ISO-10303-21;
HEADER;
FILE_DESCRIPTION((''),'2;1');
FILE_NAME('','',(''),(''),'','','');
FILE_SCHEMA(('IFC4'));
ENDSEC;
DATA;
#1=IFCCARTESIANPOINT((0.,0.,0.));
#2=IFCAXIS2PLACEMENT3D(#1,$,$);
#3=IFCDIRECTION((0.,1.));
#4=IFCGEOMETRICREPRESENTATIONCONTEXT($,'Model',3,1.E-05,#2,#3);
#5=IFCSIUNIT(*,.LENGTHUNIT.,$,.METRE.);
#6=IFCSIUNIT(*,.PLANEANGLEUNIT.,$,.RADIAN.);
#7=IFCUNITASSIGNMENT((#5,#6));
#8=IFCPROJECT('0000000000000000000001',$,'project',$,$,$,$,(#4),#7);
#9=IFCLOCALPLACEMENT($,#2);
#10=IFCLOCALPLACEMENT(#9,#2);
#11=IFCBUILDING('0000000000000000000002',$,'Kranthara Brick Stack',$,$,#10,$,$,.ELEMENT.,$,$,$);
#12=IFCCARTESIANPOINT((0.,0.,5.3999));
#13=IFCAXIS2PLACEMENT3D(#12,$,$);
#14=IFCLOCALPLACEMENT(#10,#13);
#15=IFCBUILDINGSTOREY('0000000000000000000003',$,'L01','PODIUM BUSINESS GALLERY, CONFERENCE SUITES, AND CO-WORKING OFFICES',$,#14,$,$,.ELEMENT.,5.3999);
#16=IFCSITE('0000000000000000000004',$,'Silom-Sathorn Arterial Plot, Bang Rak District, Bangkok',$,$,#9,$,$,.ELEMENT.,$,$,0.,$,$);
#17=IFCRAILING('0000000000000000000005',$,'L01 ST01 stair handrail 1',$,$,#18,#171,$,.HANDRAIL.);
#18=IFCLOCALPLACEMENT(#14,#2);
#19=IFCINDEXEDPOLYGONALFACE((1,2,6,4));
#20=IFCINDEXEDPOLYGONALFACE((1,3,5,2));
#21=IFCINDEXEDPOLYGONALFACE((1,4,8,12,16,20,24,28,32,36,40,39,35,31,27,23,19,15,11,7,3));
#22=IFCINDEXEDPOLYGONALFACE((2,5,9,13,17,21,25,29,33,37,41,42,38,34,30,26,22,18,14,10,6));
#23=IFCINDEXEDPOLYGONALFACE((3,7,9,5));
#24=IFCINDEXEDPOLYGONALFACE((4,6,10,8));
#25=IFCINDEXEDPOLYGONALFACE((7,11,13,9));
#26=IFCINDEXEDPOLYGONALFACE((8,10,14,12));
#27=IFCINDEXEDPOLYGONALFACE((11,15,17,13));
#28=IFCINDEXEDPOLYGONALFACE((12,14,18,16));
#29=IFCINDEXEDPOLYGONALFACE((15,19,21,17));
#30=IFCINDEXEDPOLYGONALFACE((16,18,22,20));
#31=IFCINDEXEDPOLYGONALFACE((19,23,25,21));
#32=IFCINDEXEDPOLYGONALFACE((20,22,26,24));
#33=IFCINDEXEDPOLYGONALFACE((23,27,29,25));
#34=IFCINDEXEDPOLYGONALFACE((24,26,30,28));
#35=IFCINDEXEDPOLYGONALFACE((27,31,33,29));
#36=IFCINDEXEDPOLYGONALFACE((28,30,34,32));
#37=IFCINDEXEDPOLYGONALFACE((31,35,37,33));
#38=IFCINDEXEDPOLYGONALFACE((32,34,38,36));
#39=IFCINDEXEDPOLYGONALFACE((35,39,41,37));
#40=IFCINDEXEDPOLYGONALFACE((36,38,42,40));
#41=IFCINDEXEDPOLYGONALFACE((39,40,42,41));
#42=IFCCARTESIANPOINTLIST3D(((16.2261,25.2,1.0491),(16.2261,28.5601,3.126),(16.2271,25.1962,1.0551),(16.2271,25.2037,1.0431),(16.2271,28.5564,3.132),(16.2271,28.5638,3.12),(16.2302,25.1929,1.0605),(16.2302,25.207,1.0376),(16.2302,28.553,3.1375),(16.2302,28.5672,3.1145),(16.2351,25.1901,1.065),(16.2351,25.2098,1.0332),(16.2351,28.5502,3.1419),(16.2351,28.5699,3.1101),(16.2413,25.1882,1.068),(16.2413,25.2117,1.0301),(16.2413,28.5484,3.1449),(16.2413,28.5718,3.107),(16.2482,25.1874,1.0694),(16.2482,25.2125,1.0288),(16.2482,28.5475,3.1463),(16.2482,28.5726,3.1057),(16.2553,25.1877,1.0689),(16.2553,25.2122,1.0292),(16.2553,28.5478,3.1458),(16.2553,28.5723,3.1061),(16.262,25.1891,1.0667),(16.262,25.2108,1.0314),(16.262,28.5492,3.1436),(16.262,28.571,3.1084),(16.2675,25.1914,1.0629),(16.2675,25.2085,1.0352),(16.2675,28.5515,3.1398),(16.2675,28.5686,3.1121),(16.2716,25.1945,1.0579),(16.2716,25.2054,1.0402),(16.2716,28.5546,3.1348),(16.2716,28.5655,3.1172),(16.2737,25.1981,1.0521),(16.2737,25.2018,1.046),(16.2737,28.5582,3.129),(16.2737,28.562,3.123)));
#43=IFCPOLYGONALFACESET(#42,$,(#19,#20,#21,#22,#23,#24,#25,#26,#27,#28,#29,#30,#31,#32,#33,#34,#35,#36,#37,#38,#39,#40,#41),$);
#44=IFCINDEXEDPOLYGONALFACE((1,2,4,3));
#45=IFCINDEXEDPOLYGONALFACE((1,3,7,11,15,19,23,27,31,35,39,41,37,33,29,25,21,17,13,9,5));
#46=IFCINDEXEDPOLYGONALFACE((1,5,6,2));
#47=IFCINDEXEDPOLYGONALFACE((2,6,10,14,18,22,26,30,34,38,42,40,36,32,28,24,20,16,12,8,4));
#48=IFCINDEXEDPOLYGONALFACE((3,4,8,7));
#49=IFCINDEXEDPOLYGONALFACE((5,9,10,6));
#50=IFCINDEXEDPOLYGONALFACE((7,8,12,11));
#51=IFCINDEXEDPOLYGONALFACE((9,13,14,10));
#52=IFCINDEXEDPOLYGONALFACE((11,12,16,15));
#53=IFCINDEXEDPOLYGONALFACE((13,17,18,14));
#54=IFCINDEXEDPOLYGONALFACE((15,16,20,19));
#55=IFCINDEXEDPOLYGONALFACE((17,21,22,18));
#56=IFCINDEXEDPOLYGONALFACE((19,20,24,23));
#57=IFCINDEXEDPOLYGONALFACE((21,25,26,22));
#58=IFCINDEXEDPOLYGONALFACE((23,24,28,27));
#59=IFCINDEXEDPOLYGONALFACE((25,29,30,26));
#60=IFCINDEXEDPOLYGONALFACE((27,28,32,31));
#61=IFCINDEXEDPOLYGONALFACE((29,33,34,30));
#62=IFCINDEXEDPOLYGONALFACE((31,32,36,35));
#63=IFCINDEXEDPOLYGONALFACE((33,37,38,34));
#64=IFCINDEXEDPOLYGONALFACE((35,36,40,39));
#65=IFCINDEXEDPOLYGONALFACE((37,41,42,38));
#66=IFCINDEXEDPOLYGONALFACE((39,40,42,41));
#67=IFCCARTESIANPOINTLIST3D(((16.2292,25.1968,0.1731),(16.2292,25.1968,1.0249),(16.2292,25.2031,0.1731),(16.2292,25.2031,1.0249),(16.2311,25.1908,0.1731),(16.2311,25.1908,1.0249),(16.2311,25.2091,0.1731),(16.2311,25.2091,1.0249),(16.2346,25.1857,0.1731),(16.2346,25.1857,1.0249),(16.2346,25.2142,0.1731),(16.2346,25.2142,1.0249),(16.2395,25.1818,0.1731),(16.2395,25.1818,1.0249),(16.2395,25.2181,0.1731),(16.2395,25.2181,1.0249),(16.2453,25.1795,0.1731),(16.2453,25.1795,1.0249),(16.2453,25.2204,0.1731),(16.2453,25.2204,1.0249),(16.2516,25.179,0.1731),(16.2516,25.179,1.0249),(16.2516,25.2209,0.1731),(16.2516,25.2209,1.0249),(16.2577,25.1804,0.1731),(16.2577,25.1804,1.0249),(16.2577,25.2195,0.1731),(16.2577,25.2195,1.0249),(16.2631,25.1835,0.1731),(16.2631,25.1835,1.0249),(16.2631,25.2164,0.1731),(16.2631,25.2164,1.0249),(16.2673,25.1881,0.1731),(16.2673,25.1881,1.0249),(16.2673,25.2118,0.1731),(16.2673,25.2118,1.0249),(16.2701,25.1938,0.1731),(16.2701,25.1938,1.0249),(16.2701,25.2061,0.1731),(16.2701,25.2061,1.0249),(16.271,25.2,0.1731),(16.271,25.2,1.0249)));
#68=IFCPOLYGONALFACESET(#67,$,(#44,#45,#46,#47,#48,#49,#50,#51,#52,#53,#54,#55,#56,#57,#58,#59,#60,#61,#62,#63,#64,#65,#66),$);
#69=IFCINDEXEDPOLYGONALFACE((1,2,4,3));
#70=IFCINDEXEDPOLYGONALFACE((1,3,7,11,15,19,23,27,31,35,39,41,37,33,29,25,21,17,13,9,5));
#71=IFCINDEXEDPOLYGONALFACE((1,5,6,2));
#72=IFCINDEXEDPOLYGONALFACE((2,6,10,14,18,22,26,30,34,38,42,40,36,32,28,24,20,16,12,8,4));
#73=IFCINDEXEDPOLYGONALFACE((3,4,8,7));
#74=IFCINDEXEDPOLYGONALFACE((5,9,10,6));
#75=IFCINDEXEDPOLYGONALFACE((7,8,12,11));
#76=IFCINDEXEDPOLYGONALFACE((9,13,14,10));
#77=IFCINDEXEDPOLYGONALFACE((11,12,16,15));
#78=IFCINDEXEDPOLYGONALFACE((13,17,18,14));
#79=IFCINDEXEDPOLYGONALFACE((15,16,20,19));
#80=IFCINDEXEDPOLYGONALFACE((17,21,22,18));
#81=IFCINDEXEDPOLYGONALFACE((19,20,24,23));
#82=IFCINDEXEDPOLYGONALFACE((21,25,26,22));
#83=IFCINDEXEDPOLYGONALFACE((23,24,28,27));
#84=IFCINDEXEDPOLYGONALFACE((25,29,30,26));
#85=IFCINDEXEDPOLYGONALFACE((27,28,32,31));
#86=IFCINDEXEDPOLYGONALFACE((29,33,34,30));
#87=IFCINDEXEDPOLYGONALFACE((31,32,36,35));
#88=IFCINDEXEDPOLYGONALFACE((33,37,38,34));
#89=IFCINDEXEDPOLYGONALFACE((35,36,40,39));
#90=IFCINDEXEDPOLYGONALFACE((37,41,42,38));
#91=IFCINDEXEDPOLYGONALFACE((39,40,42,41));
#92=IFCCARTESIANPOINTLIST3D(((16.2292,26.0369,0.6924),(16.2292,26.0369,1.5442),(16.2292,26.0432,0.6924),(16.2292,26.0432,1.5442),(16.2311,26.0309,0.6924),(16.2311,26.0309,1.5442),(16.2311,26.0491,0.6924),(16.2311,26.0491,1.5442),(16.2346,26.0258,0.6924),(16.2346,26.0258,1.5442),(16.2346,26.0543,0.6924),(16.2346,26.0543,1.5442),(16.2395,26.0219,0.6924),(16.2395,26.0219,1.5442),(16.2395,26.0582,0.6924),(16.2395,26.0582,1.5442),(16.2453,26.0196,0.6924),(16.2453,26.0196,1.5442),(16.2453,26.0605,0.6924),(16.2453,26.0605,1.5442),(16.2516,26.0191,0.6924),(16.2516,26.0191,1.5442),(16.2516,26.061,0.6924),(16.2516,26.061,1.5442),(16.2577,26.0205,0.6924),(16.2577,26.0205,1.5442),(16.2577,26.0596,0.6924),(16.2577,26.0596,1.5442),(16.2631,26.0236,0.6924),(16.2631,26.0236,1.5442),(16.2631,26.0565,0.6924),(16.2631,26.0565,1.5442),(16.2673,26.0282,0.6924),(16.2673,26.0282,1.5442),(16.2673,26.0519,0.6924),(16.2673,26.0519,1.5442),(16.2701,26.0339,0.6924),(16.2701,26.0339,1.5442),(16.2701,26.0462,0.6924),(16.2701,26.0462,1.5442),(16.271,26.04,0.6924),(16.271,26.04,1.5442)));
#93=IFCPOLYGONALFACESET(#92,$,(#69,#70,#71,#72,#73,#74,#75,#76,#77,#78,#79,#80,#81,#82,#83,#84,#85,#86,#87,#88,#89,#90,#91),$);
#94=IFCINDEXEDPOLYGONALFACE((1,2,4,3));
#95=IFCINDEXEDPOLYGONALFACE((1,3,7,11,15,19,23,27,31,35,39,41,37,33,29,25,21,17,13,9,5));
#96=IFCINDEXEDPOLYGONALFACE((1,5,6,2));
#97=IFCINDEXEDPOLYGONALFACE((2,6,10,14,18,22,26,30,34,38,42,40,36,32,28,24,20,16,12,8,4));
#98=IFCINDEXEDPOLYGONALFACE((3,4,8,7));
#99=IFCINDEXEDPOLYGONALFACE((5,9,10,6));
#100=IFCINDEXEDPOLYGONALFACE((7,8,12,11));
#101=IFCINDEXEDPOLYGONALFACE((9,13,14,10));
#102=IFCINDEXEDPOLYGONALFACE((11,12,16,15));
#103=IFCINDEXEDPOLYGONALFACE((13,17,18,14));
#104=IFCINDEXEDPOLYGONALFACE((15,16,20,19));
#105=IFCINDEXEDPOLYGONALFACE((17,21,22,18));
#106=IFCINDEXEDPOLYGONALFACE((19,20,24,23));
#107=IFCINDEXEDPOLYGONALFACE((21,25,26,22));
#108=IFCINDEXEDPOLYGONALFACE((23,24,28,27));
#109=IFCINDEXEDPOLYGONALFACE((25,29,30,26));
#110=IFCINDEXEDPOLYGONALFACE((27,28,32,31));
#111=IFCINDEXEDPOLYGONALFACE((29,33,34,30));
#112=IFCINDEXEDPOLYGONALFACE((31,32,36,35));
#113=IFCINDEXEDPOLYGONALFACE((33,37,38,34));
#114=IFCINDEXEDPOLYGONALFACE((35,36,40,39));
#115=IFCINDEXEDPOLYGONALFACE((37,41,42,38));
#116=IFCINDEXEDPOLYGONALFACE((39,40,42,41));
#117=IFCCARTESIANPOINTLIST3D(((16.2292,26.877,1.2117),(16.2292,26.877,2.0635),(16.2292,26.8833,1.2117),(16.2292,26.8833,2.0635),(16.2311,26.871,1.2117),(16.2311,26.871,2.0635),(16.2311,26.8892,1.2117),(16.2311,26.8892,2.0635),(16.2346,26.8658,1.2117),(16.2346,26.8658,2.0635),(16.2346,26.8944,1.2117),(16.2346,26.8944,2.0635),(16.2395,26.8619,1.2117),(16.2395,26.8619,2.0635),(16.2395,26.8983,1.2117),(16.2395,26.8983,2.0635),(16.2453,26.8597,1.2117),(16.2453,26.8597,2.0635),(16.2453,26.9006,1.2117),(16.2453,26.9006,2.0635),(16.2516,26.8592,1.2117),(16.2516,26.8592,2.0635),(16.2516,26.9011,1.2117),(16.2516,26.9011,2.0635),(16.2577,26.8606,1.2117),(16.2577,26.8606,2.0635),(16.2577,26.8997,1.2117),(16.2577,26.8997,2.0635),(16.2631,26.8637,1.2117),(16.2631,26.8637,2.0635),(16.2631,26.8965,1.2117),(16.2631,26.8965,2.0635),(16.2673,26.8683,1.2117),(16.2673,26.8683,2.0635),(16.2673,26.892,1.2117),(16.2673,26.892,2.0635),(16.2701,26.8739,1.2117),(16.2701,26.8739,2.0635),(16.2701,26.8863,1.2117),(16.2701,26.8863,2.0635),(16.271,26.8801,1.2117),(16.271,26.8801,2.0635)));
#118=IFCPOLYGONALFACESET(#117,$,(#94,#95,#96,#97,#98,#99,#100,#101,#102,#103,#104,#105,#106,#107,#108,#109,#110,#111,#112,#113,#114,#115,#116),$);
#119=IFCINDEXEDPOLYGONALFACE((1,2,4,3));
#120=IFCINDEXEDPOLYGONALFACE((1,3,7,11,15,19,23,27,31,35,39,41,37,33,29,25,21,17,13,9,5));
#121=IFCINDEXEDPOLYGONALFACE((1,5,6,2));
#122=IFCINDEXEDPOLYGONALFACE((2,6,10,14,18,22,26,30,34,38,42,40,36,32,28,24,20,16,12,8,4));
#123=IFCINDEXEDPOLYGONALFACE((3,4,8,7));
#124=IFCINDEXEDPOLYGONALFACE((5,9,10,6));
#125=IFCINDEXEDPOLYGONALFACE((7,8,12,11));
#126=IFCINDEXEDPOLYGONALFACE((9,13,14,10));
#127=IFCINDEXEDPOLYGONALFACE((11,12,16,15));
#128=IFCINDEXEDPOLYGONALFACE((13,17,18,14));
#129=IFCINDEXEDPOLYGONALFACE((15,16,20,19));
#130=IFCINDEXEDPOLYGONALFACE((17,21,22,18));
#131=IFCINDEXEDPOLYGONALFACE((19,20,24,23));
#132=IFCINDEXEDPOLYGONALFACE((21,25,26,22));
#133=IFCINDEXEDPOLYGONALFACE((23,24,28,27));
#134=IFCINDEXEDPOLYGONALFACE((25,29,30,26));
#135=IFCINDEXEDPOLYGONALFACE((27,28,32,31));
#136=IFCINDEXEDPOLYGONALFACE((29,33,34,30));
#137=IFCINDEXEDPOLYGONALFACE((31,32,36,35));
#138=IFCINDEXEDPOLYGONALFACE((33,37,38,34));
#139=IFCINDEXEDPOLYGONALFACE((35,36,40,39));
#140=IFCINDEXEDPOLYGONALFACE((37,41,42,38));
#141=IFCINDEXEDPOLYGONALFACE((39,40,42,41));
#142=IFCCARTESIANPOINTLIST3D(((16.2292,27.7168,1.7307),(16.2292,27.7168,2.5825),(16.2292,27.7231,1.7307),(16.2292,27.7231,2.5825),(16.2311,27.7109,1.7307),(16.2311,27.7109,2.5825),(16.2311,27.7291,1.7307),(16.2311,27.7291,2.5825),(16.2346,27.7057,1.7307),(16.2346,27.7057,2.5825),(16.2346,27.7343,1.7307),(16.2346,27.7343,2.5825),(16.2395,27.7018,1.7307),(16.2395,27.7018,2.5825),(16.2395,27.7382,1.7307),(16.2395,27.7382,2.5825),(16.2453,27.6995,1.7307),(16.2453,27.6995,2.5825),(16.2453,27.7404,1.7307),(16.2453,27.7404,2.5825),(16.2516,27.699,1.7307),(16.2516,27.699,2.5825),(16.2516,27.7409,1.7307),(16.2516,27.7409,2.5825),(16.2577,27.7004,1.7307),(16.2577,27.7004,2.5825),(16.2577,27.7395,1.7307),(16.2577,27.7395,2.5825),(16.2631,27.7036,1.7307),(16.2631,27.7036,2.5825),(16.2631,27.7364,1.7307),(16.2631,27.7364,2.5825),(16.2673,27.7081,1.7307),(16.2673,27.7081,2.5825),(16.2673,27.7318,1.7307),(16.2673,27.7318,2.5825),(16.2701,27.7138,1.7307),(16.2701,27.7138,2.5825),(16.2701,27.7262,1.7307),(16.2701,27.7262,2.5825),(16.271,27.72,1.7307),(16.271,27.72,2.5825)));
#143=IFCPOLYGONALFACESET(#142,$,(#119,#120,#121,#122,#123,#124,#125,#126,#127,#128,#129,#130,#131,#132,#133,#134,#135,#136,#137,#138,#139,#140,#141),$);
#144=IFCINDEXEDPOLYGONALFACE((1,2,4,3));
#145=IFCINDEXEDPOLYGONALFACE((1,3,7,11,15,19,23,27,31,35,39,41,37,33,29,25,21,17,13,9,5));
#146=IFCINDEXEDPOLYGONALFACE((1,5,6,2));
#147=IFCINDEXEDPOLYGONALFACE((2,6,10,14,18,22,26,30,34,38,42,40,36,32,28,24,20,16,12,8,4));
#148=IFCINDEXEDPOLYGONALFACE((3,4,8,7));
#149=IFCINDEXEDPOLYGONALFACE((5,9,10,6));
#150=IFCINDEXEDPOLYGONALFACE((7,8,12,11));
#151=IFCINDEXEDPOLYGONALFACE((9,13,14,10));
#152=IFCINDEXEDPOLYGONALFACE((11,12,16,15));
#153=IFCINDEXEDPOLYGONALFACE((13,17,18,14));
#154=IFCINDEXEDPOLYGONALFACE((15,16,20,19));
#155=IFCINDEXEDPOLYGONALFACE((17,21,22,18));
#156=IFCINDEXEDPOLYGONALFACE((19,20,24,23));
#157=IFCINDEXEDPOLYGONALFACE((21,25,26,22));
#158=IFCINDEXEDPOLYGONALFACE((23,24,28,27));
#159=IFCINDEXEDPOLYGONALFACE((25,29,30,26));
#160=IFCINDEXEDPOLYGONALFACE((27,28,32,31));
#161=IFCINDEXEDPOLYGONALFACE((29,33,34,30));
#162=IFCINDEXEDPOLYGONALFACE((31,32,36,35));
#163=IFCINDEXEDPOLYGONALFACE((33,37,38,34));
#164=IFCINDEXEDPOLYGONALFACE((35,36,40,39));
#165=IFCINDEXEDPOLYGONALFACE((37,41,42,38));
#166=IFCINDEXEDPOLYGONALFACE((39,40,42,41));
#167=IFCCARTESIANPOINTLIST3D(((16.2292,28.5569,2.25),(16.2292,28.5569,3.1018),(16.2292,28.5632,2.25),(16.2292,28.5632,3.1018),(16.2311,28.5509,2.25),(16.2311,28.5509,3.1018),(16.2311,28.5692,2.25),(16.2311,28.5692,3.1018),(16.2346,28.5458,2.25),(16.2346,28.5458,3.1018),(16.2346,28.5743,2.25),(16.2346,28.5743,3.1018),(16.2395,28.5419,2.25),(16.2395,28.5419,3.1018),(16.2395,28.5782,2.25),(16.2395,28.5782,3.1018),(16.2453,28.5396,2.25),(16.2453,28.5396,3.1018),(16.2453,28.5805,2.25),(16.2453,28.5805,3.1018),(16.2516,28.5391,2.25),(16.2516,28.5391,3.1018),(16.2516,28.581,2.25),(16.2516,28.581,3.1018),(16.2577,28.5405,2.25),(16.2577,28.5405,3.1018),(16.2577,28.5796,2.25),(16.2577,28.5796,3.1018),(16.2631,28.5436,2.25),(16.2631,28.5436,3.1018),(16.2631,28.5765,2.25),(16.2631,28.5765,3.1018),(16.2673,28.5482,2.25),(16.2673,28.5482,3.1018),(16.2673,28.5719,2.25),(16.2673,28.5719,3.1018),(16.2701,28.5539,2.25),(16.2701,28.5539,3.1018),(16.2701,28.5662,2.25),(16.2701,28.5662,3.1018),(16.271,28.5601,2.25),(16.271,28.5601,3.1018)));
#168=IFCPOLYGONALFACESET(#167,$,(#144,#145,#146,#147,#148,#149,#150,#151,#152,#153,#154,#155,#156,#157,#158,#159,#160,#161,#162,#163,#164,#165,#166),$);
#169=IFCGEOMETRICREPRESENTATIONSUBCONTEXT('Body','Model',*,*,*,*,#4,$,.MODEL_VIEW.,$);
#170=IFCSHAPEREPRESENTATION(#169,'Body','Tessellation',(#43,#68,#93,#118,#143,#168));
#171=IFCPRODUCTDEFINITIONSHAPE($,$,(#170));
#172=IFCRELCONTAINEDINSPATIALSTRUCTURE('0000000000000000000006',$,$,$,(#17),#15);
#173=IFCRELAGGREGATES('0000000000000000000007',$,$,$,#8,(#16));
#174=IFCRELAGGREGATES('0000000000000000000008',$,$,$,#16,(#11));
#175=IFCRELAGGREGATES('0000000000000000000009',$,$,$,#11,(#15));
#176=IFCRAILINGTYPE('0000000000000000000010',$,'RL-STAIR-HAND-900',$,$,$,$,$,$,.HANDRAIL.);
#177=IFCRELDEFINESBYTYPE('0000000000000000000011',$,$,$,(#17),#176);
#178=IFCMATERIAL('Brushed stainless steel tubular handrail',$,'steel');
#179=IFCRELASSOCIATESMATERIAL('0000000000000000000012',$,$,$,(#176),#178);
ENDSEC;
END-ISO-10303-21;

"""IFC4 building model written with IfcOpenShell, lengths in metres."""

from ifc_helpers import new_model, si_unit, direction, frame, origin, origin_2d, place, context, subcontext, project, spatial, circle, extrude, material, type_object, element, save


model = new_model("IFC4")

# Units and contexts
model_context = context("Model", 3, precision=1e-05, world=origin(), true_north=direction((0.0, 1.0)))
body_context = subcontext(model_context, "Body", "Model", "MODEL_VIEW")
ifc_project = project(units=[si_unit("LENGTHUNIT", "METRE"), si_unit("PLANEANGLEUNIT", "RADIAN")], contexts=[model_context])

# Site, building, storey
site_placement = place(None, origin())
site = spatial("IfcSite", under=ifc_project, at=site_placement, Name="Silom-Sathorn Arterial Plot, Bang Rak District, Bangkok", CompositionType="ELEMENT", RefElevation=0.0)
building_placement = place(site_placement, origin())
building = spatial("IfcBuilding", under=site, at=building_placement, Name="Kranthara Brick Stack", CompositionType="ELEMENT")
storey_placement = place(building_placement, frame((0.0, 0.0, 5.3999)))
storey = spatial("IfcBuildingStorey", under=building, at=storey_placement, Name="L01", Description="PODIUM BUSINESS GALLERY, CONFERENCE SUITES, AND CO-WORKING OFFICES", CompositionType="ELEMENT", Elevation=5.3999)

# Railing
ifc_material_1 = material(Name="Brushed stainless steel tubular handrail", Category="steel")
railing_type_1 = type_object("IfcRailingType", Name="RL-STAIR-HAND-900", PredefinedType="HANDRAIL", material=ifc_material_1)
railing_1_placement = place(storey_placement, frame((16.25, 25.2, 0.1731)))
element("IfcRailing", 1, at=railing_1_placement, inside=storey, type_object=railing_type_1, Name="L01 ST01 stair handrail 1", PredefinedType="HANDRAIL", context=body_context, shape_type="SweptSolid", body=[
    extrude(circle(Radius=0.0239, at=origin_2d()), frame((0.0, 0.0, 0.876), z_axis=(0.0, 0.850623, 0.525776), x_axis=(-1.0, 0.0, 0.0)), (0.0, 0.0, 1.0), 3.9502),
    extrude(circle(Radius=0.021, at=origin_2d()), origin(), (0.0, 0.0, 1.0), 0.8518),
    extrude(circle(Radius=0.021, at=origin_2d()), frame((0.0, 0.8401, 0.5193)), (0.0, 0.0, 1.0), 0.8518),
    extrude(circle(Radius=0.021, at=origin_2d()), frame((0.0, 1.6802, 1.0386)), (0.0, 0.0, 1.0), 0.8518),
    extrude(circle(Radius=0.021, at=origin_2d()), frame((0.0, 2.52, 1.5576)), (0.0, 0.0, 1.0), 0.8518),
    extrude(circle(Radius=0.021, at=origin_2d()), frame((0.0, 3.3601, 2.0769)), (0.0, 0.0, 1.0), 0.8518),
])

save(model, "model.ifc")
